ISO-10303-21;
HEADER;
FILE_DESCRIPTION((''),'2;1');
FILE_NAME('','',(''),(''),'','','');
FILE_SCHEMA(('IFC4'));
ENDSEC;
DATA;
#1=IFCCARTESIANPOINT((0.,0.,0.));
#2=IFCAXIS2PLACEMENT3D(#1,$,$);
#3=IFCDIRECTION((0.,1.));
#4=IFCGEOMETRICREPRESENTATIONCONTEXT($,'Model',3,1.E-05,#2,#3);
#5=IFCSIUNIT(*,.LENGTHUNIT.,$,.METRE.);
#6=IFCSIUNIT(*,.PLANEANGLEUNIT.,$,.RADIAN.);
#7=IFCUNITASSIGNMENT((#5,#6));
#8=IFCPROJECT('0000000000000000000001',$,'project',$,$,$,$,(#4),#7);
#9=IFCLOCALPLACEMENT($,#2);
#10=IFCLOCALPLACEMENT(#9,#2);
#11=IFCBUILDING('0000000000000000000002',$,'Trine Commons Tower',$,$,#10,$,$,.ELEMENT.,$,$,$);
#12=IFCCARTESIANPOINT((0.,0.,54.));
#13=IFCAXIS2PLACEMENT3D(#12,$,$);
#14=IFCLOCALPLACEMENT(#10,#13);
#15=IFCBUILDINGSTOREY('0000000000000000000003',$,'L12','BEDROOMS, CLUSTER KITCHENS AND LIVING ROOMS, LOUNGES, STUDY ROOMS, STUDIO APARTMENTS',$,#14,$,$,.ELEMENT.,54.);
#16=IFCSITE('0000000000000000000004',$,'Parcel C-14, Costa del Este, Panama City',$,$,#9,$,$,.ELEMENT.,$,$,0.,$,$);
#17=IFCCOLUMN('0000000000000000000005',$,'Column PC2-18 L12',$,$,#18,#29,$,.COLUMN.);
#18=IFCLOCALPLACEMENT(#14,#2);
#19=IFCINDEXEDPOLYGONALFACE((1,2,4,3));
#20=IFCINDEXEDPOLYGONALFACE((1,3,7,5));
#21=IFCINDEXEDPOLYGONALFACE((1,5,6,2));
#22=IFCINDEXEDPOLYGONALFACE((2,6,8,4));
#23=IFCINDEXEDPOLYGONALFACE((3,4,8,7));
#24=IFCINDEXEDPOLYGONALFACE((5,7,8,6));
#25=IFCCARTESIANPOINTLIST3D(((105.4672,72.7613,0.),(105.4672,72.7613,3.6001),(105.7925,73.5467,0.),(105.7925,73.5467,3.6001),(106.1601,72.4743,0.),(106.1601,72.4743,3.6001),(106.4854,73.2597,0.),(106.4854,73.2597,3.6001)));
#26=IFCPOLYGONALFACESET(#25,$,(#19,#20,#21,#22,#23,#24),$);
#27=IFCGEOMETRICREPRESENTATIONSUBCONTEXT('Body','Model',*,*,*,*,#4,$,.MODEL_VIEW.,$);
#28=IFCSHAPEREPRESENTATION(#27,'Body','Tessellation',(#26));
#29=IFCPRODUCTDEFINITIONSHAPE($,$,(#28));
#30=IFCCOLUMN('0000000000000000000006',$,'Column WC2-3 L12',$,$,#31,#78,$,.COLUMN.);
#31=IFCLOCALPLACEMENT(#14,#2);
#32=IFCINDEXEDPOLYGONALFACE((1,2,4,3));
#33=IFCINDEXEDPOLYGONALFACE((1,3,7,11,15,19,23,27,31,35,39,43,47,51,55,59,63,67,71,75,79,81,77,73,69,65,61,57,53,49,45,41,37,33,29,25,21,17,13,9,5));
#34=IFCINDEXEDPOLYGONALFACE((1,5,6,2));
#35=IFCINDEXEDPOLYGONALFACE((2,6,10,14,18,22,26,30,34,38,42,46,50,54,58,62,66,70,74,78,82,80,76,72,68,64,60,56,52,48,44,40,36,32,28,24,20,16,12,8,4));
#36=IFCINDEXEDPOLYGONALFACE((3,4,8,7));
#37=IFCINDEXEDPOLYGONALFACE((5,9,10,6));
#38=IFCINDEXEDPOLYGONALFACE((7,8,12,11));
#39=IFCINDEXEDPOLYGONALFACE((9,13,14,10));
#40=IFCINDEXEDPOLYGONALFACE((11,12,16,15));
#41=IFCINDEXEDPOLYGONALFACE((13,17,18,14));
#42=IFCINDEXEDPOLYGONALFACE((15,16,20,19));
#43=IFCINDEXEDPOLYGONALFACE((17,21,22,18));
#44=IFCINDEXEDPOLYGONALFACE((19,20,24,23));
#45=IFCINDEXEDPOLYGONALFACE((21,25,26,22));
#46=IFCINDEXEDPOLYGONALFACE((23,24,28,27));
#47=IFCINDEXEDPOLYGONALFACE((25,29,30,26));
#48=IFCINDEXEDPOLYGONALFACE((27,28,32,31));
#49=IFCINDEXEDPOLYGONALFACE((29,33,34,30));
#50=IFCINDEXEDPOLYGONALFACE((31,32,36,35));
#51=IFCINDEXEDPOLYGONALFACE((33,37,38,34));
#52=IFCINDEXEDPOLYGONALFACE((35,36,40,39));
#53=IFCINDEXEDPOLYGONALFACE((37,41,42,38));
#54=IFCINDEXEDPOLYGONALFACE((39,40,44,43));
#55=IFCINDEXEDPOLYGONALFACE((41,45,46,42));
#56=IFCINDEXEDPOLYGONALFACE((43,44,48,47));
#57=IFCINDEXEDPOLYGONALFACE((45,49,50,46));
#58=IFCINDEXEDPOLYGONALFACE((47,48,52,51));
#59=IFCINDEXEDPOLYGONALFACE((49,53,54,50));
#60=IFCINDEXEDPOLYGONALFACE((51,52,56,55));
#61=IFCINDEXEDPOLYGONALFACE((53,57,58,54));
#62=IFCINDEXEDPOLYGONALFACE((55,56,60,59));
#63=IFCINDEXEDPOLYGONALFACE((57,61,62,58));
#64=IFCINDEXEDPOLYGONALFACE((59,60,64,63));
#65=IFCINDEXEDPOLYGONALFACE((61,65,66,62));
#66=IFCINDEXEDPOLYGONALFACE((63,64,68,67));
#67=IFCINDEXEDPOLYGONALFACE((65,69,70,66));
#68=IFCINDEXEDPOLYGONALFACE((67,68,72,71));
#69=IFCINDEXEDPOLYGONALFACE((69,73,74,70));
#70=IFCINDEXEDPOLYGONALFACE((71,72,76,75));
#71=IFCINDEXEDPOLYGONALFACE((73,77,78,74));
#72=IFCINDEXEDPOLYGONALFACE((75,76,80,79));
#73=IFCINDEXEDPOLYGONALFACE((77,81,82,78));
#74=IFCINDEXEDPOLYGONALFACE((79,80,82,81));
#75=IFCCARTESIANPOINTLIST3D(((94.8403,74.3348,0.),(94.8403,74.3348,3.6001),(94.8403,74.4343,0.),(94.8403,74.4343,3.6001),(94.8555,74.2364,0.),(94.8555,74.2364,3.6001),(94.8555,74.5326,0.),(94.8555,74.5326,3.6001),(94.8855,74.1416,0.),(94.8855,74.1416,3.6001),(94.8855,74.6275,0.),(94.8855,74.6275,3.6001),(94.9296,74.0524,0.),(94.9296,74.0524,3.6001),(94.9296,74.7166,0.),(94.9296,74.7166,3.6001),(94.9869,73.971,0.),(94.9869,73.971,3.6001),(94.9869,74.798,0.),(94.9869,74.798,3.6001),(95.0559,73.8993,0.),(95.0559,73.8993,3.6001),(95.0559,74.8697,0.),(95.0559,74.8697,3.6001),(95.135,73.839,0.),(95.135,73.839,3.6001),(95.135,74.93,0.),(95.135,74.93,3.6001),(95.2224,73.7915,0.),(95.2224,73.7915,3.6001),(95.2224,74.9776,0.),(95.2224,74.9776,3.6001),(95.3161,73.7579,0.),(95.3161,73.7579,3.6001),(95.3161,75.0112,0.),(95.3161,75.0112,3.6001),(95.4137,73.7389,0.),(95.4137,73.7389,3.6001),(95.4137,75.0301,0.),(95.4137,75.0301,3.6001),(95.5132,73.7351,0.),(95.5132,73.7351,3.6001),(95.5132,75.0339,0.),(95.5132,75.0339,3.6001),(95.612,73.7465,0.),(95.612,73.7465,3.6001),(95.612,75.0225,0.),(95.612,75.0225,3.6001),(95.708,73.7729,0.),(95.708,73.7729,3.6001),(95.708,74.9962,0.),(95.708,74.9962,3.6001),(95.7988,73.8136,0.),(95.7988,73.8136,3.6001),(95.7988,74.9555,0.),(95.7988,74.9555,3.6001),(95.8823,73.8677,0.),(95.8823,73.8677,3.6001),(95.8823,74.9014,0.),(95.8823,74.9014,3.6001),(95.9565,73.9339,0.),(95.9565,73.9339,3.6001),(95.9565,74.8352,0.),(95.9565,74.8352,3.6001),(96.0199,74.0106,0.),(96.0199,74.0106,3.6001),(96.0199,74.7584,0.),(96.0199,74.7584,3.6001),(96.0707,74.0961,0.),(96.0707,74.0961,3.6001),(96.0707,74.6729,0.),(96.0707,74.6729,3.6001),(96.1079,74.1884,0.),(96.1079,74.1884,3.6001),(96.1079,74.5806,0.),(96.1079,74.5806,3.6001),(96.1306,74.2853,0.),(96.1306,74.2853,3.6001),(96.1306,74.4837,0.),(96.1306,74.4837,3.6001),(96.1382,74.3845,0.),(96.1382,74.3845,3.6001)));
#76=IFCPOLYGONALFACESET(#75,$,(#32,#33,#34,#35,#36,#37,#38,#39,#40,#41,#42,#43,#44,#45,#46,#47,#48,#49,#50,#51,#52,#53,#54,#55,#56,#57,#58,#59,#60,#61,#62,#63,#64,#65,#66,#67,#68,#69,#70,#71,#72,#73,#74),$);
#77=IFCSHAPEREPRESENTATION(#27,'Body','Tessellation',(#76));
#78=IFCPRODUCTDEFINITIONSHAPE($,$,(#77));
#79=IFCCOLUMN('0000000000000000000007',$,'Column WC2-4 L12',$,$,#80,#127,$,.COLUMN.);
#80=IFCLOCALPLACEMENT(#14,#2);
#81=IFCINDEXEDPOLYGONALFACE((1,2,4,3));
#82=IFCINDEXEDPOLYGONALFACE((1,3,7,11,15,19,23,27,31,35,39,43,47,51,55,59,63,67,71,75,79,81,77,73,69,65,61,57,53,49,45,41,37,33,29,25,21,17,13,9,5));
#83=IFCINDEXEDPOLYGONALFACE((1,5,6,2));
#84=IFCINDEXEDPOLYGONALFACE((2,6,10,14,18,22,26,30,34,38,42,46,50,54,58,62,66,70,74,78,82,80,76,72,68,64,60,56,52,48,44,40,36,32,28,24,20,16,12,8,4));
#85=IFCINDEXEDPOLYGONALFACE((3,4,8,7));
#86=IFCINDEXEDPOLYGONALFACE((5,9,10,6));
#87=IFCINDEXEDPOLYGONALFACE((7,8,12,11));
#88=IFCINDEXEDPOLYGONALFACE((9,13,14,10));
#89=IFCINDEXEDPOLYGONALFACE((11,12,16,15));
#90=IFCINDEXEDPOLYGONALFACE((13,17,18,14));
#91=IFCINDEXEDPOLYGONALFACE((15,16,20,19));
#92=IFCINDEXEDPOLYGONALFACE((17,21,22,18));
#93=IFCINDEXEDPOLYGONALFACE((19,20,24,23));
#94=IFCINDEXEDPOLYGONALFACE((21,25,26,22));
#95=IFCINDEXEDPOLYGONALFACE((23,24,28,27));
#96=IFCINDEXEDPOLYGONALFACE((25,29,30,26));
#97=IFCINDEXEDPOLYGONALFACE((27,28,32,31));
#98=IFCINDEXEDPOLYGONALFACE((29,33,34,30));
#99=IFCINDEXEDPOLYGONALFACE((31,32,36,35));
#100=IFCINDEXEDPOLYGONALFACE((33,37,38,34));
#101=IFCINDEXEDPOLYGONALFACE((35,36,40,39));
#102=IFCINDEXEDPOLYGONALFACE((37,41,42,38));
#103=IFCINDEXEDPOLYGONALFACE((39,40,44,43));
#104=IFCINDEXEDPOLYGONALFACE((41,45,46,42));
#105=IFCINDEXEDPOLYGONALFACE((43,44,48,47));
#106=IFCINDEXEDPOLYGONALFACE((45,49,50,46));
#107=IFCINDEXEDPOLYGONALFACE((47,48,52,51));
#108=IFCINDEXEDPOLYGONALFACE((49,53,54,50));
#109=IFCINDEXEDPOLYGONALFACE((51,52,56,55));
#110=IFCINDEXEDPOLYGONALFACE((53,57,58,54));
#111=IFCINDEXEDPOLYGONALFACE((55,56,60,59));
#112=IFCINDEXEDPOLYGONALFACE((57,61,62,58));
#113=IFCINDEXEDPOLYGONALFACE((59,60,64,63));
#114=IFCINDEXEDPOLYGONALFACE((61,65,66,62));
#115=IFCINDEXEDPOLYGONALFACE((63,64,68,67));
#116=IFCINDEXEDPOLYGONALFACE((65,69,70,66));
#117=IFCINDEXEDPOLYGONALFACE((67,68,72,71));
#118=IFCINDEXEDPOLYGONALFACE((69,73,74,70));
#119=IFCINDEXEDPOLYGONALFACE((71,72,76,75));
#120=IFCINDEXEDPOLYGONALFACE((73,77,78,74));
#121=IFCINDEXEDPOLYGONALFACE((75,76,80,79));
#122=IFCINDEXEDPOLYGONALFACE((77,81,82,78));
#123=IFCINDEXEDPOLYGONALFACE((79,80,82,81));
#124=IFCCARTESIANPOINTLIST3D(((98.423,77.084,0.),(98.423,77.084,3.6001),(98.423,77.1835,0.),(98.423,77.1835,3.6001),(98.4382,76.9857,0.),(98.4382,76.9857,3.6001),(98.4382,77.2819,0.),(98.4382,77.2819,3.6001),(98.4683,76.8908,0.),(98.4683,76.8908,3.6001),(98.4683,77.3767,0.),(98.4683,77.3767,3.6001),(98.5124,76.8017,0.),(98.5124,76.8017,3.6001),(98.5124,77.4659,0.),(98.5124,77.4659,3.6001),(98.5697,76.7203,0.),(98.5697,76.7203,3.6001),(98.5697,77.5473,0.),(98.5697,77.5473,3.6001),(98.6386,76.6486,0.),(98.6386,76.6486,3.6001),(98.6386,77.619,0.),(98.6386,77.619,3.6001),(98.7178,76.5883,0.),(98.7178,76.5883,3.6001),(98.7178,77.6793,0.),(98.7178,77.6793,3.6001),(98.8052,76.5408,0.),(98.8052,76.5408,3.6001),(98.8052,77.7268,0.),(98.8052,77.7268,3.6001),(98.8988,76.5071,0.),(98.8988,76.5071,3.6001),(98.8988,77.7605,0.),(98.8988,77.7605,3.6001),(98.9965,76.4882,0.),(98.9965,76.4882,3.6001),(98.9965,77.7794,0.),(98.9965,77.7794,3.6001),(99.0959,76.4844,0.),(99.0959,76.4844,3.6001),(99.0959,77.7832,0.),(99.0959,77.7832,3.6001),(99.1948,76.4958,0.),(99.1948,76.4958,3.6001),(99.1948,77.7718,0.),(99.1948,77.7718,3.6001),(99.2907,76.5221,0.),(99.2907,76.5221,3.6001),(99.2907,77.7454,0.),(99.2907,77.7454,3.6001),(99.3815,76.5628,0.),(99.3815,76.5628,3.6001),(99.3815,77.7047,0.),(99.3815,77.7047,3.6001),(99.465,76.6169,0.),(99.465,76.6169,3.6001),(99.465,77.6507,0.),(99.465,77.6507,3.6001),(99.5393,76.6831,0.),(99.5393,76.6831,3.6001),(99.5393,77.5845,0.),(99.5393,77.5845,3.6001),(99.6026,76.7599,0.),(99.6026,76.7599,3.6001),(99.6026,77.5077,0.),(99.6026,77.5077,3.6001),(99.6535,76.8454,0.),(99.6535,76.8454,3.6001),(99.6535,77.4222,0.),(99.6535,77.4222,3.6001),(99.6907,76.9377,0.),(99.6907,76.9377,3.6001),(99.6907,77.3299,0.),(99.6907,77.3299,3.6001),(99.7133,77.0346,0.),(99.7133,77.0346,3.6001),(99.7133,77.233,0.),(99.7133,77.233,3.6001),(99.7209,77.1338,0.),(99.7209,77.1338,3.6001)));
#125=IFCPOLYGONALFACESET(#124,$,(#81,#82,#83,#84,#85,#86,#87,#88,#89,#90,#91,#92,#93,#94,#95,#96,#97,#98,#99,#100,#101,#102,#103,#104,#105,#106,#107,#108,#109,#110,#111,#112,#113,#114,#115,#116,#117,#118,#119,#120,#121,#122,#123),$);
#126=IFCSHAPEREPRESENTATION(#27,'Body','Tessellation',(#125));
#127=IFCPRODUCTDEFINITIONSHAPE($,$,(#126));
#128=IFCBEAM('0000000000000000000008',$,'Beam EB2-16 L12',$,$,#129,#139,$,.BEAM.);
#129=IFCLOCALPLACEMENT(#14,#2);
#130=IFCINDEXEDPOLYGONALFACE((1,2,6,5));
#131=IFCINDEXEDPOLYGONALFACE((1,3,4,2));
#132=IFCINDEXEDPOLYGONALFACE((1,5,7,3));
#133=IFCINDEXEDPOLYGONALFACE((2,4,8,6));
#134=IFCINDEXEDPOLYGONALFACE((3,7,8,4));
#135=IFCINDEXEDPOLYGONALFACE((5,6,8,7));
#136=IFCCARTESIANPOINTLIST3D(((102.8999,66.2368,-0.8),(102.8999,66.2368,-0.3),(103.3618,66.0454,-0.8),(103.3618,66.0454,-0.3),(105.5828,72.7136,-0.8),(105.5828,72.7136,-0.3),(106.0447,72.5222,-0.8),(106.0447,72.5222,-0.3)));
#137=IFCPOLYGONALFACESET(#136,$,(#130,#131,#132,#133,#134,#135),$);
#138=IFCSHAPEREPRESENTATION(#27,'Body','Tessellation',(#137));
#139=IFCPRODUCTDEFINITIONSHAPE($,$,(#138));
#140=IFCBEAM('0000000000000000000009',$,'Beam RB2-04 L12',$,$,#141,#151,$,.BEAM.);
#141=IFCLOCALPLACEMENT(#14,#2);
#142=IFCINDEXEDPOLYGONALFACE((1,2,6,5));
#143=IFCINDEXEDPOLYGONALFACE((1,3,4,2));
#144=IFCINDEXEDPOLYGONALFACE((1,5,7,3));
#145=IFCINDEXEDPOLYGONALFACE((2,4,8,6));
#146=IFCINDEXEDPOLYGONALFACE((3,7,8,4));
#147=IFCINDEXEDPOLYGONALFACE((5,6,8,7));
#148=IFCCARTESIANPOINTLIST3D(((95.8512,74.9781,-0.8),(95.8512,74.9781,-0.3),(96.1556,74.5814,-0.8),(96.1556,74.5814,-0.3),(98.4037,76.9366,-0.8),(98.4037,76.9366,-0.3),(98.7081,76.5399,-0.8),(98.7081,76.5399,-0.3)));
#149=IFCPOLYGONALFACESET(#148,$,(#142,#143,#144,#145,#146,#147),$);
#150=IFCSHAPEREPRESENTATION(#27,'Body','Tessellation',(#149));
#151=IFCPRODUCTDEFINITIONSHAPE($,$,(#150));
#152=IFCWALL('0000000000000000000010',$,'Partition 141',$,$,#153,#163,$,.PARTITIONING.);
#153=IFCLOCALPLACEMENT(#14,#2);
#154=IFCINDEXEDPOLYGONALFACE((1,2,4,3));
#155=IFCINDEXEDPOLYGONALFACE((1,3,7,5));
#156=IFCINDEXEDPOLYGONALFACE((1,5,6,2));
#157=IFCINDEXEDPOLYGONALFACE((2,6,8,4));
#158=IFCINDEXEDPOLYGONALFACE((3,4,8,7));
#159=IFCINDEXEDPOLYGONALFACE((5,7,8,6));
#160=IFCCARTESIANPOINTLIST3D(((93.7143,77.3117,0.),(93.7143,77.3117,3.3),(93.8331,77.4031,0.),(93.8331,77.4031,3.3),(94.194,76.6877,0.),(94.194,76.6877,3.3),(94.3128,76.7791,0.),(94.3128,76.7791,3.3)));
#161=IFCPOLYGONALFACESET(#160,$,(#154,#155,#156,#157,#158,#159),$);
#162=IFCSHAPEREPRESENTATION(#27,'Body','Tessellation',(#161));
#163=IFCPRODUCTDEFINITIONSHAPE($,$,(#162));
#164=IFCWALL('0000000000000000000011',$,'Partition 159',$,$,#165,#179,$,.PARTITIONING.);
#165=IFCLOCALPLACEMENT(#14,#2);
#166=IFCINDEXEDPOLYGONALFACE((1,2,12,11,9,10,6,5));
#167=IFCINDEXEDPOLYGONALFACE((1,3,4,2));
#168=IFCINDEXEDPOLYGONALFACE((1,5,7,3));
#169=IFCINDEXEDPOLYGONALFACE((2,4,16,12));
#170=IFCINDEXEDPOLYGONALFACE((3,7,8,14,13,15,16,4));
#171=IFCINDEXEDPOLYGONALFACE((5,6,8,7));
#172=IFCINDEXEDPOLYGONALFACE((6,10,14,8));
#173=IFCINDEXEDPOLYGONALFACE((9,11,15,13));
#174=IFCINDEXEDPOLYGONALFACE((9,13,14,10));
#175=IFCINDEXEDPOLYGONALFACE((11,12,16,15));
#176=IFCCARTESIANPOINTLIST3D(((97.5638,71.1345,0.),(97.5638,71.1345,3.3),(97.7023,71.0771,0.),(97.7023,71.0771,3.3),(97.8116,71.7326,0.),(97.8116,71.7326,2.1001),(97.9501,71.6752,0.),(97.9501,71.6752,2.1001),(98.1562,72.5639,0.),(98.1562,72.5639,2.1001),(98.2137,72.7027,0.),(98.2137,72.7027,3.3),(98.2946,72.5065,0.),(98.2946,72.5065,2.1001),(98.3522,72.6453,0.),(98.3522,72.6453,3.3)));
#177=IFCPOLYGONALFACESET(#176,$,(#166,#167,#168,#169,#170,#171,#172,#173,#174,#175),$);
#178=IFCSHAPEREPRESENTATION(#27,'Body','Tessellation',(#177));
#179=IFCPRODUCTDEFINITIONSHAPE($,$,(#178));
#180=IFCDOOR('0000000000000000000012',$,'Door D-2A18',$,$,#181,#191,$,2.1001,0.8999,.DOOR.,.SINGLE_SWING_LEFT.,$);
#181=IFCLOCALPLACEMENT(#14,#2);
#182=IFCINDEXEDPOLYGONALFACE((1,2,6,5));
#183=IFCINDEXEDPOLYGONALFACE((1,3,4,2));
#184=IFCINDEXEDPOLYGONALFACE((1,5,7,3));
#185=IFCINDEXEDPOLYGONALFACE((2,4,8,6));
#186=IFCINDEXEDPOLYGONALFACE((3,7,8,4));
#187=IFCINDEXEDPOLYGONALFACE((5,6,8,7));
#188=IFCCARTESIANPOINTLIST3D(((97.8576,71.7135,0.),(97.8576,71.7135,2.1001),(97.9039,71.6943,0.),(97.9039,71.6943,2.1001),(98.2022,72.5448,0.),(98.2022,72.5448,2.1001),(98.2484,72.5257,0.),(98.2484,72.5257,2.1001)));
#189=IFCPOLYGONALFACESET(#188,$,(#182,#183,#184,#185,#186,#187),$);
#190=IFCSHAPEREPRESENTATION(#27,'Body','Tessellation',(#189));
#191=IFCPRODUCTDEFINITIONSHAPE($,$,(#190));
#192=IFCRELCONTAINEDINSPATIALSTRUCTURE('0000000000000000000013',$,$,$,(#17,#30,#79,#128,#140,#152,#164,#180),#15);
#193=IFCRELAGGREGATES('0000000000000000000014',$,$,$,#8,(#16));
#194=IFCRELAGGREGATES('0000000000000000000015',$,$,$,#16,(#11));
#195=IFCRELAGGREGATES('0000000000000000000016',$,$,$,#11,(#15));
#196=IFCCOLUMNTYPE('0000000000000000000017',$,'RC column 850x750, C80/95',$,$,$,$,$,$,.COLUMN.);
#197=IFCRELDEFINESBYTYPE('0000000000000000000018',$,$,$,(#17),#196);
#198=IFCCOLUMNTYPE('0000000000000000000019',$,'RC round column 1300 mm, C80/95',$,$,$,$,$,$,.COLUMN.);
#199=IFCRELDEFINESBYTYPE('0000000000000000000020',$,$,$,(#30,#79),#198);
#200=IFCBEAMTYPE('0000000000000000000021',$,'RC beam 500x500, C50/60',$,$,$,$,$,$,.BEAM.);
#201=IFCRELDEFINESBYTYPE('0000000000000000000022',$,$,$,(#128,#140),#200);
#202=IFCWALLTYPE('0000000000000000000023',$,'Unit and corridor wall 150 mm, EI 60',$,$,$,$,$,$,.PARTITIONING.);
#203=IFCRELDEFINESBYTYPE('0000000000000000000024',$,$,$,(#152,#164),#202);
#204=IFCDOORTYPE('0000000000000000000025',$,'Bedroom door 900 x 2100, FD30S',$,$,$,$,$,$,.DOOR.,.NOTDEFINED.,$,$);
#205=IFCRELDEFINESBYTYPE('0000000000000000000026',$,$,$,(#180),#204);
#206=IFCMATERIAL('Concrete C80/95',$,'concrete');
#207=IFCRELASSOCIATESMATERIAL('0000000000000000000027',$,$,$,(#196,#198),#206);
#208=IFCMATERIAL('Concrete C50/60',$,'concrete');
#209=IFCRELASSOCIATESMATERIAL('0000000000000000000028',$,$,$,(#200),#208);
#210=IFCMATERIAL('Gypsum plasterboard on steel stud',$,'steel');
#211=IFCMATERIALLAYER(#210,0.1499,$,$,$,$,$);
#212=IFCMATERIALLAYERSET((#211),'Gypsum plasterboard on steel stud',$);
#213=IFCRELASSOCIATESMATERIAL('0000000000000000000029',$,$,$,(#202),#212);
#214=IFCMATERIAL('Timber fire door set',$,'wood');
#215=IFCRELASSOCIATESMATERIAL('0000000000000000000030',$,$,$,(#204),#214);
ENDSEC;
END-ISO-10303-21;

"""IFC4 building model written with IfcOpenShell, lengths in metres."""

from ifc_helpers import new_model, si_unit, direction, frame, frame_2d, origin, origin_2d, place, context, subcontext, project, spatial, rectangle, circle, extrude, material, layer, layer_set, material_profile, profile_set, type_object, element, fill, save


model = new_model("IFC4")

# Units and contexts
model_context = context("Model", 3, precision=1e-05, world=origin(), true_north=direction((0.0, 1.0)))
body_context = subcontext(model_context, "Body", "Model", "MODEL_VIEW")
ifc_project = project(units=[si_unit("LENGTHUNIT", "METRE"), si_unit("PLANEANGLEUNIT", "RADIAN")], contexts=[model_context])

# Site, building, storey
site_placement = place(None, origin())
site = spatial("IfcSite", under=ifc_project, at=site_placement, Name="Parcel C-14, Costa del Este, Panama City", CompositionType="ELEMENT", RefElevation=0.0)
building_placement = place(site_placement, origin())
building = spatial("IfcBuilding", under=site, at=building_placement, Name="Trine Commons Tower", CompositionType="ELEMENT")
storey_placement = place(building_placement, frame((0.0, 0.0, 54.0)))
storey = spatial("IfcBuildingStorey", under=building, at=storey_placement, Name="L12", Description="BEDROOMS, CLUSTER KITCHENS AND LIVING ROOMS, LOUNGES, STUDY ROOMS, STUDIO APARTMENTS", CompositionType="ELEMENT", Elevation=54.0)

# Columns
ifc_material_1 = material(Name="Concrete C80/95", Category="concrete")
ifc_material_profile_1 = material_profile(ifc_material_1, rectangle(XDim=0.8501, YDim=0.75, at=origin_2d()), Name="RC 850x750")
ifc_profile_set_1 = profile_set([ifc_material_profile_1], Name="Concrete C80/95")
column_type_1 = type_object("IfcColumnType", Name="RC column 850x750, C80/95", PredefinedType="COLUMN", material=ifc_profile_set_1)
column_placement = place(storey_placement, frame((105.9763, 73.0105, 0.0), z_axis=(0.0, 0.0, 1.0), x_axis=(0.382683, 0.92388, 0.0)))
element("IfcColumn", 1, at=column_placement, inside=storey, type_object=column_type_1, Name="Column PC2-18 L12", PredefinedType="COLUMN", context=body_context, shape_type="SweptSolid", body=[
    extrude(rectangle(XDim=0.8501, YDim=0.75, at=origin_2d()), origin(), (0.0, 0.0, 1.0), 3.6001),
])
ifc_material_profile_2 = material_profile(ifc_material_1, circle(Radius=0.6499, at=origin_2d()), Name="RC round 1300")
ifc_profile_set_2 = profile_set([ifc_material_profile_2], Name="Concrete C80/95")
column_type_2 = type_object("IfcColumnType", Name="RC round column 1300 mm, C80/95", PredefinedType="COLUMN", material=ifc_profile_set_2)
for number, where, z_axis, x_axis, name in (
    (2, (95.4883, 74.3845, 0.0), (0.0, 0.0, 1.0), (1.0, 0.0, 0.0), "Column WC2-3 L12"),
    (3, (99.071, 77.1338, 0.0), (0.0, 0.0, 1.0), (1.0, 0.0, 0.0), "Column WC2-4 L12"),
):
    element("IfcColumn", number, at=place(storey_placement, frame(where, z_axis=z_axis, x_axis=x_axis)), inside=storey, type_object=column_type_2, Name=name, PredefinedType="COLUMN", context=body_context, shape_type="SweptSolid", body=[
        extrude(circle(Radius=0.6499, at=origin_2d()), origin(), (0.0, 0.0, 1.0), 3.6001),
    ])

# Beams
ifc_material_2 = material(Name="Concrete C50/60", Category="concrete")
ifc_material_profile_3 = material_profile(ifc_material_2, rectangle(XDim=0.5, YDim=0.5, at=origin_2d()), Name="RC 500x500")
ifc_profile_set_3 = profile_set([ifc_material_profile_3], Name="Concrete C50/60")
beam_type = type_object("IfcBeamType", Name="RC beam 500x500, C50/60", PredefinedType="BEAM", material=ifc_profile_set_3)
beam_1_placement = place(storey_placement, frame((105.8137, 72.6179, -0.55), z_axis=(-0.382693, -0.923875, 0.0), x_axis=(0.923875, -0.382693, 0.0)))
element("IfcBeam", 4, at=beam_1_placement, inside=storey, type_object=beam_type, Name="Beam EB2-16 L12", PredefinedType="BEAM", context=body_context, shape_type="SweptSolid", body=[
    extrude(rectangle(XDim=0.5, YDim=0.5, at=origin_2d()), origin(), (0.0, 0.0, 1.0), 7.0105),
])
beam_2_placement = place(storey_placement, frame((96.0034, 74.7798, -0.55), z_axis=(0.793368, 0.608742, 0.0), x_axis=(-0.608742, 0.793368, 0.0)))
element("IfcBeam", 5, at=beam_2_placement, inside=storey, type_object=beam_type, Name="Beam RB2-04 L12", PredefinedType="BEAM", context=body_context, shape_type="SweptSolid", body=[
    extrude(rectangle(XDim=0.5, YDim=0.5, at=origin_2d()), origin(), (0.0, 0.0, 1.0), 3.2173),
])

# Wall
ifc_material_3 = material(Name="Gypsum plasterboard on steel stud", Category="steel")
ifc_layer_1 = layer(ifc_material_3, 0.1499)
ifc_layer_set_1 = layer_set([ifc_layer_1], Name="Gypsum plasterboard on steel stud")
wall_type_1 = type_object("IfcWallType", Name="Unit and corridor wall 150 mm, EI 60", PredefinedType="PARTITIONING", material=ifc_layer_set_1)
wall_1_placement = place(storey_placement, frame((93.7737, 77.3574, 0.0), z_axis=(0.0, 0.0, 1.0), x_axis=(0.609486, -0.792797, 0.0)))
element("IfcWall", 6, at=wall_1_placement, inside=storey, type_object=wall_type_1, Name="Partition 141", PredefinedType="PARTITIONING", context=body_context, shape_type="SweptSolid", body=[
    extrude(rectangle(XDim=0.7871, YDim=0.1499, at=frame_2d((0.3936, 0.0))), origin(), (0.0, 0.0, 1.0), 3.3),
])

# Wall, opening, door
wall_2_placement = place(storey_placement, frame((97.6331, 71.106, 0.0), z_axis=(0.0, 0.0, 1.0), x_axis=(0.382868, 0.923803, 0.0)))
wall_2 = element("IfcWall", 7, at=wall_2_placement, inside=storey, type_object=wall_type_1, Name="Partition 159", PredefinedType="PARTITIONING", context=body_context, shape_type="SweptSolid", body=[
    extrude(rectangle(XDim=1.6975, YDim=0.1499, at=frame_2d((0.8486, 0.0))), origin(), (0.0, 0.0, 1.0), 3.3),
])
opening_1_placement = place(wall_2_placement, frame((0.6472, 0.0, 0.0)))
opening_1 = element("IfcOpeningElement", 8, at=opening_1_placement, cuts=wall_2, PredefinedType="OPENING", context=body_context, shape_type="SweptSolid", body=[
    extrude(rectangle(XDim=0.8999, YDim=2.1001, at=frame_2d((0.45, 1.05))), frame((0.0, 0.085, 0.0), z_axis=(0.0, -1.0, 0.0), x_axis=(1.0, 0.0, 0.0)), (0.0, 0.0, 1.0), 0.1699),
])
ifc_material_4 = material(Name="Timber fire door set", Category="wood")
door_type_1 = type_object("IfcDoorType", Name="Bedroom door 900 x 2100, FD30S", OperationType="NOTDEFINED", PredefinedType="DOOR", material=ifc_material_4)
door_1_placement = place(opening_1_placement, frame((0.8999, 0.0, 0.0), z_axis=(0.0, 0.0, 1.0), x_axis=(-1.0, 0.0, 0.0)))
door_1 = element("IfcDoor", 9, at=door_1_placement, inside=storey, type_object=door_type_1, Name="Door D-2A18", OperationType="SINGLE_SWING_LEFT", OverallHeight=2.1001, OverallWidth=0.8999, PredefinedType="DOOR", context=body_context, shape_type="SweptSolid", body=[
    extrude(rectangle(XDim=0.8999, YDim=2.1001, at=frame_2d((0.45, 1.05))), frame((0.0, 0.0249, 0.0), z_axis=(0.0, -1.0, 0.0), x_axis=(1.0, 0.0, 0.0)), (0.0, 0.0, 1.0), 0.05),
])
fill(opening_1, door_1)

save(model, "model.ifc")
